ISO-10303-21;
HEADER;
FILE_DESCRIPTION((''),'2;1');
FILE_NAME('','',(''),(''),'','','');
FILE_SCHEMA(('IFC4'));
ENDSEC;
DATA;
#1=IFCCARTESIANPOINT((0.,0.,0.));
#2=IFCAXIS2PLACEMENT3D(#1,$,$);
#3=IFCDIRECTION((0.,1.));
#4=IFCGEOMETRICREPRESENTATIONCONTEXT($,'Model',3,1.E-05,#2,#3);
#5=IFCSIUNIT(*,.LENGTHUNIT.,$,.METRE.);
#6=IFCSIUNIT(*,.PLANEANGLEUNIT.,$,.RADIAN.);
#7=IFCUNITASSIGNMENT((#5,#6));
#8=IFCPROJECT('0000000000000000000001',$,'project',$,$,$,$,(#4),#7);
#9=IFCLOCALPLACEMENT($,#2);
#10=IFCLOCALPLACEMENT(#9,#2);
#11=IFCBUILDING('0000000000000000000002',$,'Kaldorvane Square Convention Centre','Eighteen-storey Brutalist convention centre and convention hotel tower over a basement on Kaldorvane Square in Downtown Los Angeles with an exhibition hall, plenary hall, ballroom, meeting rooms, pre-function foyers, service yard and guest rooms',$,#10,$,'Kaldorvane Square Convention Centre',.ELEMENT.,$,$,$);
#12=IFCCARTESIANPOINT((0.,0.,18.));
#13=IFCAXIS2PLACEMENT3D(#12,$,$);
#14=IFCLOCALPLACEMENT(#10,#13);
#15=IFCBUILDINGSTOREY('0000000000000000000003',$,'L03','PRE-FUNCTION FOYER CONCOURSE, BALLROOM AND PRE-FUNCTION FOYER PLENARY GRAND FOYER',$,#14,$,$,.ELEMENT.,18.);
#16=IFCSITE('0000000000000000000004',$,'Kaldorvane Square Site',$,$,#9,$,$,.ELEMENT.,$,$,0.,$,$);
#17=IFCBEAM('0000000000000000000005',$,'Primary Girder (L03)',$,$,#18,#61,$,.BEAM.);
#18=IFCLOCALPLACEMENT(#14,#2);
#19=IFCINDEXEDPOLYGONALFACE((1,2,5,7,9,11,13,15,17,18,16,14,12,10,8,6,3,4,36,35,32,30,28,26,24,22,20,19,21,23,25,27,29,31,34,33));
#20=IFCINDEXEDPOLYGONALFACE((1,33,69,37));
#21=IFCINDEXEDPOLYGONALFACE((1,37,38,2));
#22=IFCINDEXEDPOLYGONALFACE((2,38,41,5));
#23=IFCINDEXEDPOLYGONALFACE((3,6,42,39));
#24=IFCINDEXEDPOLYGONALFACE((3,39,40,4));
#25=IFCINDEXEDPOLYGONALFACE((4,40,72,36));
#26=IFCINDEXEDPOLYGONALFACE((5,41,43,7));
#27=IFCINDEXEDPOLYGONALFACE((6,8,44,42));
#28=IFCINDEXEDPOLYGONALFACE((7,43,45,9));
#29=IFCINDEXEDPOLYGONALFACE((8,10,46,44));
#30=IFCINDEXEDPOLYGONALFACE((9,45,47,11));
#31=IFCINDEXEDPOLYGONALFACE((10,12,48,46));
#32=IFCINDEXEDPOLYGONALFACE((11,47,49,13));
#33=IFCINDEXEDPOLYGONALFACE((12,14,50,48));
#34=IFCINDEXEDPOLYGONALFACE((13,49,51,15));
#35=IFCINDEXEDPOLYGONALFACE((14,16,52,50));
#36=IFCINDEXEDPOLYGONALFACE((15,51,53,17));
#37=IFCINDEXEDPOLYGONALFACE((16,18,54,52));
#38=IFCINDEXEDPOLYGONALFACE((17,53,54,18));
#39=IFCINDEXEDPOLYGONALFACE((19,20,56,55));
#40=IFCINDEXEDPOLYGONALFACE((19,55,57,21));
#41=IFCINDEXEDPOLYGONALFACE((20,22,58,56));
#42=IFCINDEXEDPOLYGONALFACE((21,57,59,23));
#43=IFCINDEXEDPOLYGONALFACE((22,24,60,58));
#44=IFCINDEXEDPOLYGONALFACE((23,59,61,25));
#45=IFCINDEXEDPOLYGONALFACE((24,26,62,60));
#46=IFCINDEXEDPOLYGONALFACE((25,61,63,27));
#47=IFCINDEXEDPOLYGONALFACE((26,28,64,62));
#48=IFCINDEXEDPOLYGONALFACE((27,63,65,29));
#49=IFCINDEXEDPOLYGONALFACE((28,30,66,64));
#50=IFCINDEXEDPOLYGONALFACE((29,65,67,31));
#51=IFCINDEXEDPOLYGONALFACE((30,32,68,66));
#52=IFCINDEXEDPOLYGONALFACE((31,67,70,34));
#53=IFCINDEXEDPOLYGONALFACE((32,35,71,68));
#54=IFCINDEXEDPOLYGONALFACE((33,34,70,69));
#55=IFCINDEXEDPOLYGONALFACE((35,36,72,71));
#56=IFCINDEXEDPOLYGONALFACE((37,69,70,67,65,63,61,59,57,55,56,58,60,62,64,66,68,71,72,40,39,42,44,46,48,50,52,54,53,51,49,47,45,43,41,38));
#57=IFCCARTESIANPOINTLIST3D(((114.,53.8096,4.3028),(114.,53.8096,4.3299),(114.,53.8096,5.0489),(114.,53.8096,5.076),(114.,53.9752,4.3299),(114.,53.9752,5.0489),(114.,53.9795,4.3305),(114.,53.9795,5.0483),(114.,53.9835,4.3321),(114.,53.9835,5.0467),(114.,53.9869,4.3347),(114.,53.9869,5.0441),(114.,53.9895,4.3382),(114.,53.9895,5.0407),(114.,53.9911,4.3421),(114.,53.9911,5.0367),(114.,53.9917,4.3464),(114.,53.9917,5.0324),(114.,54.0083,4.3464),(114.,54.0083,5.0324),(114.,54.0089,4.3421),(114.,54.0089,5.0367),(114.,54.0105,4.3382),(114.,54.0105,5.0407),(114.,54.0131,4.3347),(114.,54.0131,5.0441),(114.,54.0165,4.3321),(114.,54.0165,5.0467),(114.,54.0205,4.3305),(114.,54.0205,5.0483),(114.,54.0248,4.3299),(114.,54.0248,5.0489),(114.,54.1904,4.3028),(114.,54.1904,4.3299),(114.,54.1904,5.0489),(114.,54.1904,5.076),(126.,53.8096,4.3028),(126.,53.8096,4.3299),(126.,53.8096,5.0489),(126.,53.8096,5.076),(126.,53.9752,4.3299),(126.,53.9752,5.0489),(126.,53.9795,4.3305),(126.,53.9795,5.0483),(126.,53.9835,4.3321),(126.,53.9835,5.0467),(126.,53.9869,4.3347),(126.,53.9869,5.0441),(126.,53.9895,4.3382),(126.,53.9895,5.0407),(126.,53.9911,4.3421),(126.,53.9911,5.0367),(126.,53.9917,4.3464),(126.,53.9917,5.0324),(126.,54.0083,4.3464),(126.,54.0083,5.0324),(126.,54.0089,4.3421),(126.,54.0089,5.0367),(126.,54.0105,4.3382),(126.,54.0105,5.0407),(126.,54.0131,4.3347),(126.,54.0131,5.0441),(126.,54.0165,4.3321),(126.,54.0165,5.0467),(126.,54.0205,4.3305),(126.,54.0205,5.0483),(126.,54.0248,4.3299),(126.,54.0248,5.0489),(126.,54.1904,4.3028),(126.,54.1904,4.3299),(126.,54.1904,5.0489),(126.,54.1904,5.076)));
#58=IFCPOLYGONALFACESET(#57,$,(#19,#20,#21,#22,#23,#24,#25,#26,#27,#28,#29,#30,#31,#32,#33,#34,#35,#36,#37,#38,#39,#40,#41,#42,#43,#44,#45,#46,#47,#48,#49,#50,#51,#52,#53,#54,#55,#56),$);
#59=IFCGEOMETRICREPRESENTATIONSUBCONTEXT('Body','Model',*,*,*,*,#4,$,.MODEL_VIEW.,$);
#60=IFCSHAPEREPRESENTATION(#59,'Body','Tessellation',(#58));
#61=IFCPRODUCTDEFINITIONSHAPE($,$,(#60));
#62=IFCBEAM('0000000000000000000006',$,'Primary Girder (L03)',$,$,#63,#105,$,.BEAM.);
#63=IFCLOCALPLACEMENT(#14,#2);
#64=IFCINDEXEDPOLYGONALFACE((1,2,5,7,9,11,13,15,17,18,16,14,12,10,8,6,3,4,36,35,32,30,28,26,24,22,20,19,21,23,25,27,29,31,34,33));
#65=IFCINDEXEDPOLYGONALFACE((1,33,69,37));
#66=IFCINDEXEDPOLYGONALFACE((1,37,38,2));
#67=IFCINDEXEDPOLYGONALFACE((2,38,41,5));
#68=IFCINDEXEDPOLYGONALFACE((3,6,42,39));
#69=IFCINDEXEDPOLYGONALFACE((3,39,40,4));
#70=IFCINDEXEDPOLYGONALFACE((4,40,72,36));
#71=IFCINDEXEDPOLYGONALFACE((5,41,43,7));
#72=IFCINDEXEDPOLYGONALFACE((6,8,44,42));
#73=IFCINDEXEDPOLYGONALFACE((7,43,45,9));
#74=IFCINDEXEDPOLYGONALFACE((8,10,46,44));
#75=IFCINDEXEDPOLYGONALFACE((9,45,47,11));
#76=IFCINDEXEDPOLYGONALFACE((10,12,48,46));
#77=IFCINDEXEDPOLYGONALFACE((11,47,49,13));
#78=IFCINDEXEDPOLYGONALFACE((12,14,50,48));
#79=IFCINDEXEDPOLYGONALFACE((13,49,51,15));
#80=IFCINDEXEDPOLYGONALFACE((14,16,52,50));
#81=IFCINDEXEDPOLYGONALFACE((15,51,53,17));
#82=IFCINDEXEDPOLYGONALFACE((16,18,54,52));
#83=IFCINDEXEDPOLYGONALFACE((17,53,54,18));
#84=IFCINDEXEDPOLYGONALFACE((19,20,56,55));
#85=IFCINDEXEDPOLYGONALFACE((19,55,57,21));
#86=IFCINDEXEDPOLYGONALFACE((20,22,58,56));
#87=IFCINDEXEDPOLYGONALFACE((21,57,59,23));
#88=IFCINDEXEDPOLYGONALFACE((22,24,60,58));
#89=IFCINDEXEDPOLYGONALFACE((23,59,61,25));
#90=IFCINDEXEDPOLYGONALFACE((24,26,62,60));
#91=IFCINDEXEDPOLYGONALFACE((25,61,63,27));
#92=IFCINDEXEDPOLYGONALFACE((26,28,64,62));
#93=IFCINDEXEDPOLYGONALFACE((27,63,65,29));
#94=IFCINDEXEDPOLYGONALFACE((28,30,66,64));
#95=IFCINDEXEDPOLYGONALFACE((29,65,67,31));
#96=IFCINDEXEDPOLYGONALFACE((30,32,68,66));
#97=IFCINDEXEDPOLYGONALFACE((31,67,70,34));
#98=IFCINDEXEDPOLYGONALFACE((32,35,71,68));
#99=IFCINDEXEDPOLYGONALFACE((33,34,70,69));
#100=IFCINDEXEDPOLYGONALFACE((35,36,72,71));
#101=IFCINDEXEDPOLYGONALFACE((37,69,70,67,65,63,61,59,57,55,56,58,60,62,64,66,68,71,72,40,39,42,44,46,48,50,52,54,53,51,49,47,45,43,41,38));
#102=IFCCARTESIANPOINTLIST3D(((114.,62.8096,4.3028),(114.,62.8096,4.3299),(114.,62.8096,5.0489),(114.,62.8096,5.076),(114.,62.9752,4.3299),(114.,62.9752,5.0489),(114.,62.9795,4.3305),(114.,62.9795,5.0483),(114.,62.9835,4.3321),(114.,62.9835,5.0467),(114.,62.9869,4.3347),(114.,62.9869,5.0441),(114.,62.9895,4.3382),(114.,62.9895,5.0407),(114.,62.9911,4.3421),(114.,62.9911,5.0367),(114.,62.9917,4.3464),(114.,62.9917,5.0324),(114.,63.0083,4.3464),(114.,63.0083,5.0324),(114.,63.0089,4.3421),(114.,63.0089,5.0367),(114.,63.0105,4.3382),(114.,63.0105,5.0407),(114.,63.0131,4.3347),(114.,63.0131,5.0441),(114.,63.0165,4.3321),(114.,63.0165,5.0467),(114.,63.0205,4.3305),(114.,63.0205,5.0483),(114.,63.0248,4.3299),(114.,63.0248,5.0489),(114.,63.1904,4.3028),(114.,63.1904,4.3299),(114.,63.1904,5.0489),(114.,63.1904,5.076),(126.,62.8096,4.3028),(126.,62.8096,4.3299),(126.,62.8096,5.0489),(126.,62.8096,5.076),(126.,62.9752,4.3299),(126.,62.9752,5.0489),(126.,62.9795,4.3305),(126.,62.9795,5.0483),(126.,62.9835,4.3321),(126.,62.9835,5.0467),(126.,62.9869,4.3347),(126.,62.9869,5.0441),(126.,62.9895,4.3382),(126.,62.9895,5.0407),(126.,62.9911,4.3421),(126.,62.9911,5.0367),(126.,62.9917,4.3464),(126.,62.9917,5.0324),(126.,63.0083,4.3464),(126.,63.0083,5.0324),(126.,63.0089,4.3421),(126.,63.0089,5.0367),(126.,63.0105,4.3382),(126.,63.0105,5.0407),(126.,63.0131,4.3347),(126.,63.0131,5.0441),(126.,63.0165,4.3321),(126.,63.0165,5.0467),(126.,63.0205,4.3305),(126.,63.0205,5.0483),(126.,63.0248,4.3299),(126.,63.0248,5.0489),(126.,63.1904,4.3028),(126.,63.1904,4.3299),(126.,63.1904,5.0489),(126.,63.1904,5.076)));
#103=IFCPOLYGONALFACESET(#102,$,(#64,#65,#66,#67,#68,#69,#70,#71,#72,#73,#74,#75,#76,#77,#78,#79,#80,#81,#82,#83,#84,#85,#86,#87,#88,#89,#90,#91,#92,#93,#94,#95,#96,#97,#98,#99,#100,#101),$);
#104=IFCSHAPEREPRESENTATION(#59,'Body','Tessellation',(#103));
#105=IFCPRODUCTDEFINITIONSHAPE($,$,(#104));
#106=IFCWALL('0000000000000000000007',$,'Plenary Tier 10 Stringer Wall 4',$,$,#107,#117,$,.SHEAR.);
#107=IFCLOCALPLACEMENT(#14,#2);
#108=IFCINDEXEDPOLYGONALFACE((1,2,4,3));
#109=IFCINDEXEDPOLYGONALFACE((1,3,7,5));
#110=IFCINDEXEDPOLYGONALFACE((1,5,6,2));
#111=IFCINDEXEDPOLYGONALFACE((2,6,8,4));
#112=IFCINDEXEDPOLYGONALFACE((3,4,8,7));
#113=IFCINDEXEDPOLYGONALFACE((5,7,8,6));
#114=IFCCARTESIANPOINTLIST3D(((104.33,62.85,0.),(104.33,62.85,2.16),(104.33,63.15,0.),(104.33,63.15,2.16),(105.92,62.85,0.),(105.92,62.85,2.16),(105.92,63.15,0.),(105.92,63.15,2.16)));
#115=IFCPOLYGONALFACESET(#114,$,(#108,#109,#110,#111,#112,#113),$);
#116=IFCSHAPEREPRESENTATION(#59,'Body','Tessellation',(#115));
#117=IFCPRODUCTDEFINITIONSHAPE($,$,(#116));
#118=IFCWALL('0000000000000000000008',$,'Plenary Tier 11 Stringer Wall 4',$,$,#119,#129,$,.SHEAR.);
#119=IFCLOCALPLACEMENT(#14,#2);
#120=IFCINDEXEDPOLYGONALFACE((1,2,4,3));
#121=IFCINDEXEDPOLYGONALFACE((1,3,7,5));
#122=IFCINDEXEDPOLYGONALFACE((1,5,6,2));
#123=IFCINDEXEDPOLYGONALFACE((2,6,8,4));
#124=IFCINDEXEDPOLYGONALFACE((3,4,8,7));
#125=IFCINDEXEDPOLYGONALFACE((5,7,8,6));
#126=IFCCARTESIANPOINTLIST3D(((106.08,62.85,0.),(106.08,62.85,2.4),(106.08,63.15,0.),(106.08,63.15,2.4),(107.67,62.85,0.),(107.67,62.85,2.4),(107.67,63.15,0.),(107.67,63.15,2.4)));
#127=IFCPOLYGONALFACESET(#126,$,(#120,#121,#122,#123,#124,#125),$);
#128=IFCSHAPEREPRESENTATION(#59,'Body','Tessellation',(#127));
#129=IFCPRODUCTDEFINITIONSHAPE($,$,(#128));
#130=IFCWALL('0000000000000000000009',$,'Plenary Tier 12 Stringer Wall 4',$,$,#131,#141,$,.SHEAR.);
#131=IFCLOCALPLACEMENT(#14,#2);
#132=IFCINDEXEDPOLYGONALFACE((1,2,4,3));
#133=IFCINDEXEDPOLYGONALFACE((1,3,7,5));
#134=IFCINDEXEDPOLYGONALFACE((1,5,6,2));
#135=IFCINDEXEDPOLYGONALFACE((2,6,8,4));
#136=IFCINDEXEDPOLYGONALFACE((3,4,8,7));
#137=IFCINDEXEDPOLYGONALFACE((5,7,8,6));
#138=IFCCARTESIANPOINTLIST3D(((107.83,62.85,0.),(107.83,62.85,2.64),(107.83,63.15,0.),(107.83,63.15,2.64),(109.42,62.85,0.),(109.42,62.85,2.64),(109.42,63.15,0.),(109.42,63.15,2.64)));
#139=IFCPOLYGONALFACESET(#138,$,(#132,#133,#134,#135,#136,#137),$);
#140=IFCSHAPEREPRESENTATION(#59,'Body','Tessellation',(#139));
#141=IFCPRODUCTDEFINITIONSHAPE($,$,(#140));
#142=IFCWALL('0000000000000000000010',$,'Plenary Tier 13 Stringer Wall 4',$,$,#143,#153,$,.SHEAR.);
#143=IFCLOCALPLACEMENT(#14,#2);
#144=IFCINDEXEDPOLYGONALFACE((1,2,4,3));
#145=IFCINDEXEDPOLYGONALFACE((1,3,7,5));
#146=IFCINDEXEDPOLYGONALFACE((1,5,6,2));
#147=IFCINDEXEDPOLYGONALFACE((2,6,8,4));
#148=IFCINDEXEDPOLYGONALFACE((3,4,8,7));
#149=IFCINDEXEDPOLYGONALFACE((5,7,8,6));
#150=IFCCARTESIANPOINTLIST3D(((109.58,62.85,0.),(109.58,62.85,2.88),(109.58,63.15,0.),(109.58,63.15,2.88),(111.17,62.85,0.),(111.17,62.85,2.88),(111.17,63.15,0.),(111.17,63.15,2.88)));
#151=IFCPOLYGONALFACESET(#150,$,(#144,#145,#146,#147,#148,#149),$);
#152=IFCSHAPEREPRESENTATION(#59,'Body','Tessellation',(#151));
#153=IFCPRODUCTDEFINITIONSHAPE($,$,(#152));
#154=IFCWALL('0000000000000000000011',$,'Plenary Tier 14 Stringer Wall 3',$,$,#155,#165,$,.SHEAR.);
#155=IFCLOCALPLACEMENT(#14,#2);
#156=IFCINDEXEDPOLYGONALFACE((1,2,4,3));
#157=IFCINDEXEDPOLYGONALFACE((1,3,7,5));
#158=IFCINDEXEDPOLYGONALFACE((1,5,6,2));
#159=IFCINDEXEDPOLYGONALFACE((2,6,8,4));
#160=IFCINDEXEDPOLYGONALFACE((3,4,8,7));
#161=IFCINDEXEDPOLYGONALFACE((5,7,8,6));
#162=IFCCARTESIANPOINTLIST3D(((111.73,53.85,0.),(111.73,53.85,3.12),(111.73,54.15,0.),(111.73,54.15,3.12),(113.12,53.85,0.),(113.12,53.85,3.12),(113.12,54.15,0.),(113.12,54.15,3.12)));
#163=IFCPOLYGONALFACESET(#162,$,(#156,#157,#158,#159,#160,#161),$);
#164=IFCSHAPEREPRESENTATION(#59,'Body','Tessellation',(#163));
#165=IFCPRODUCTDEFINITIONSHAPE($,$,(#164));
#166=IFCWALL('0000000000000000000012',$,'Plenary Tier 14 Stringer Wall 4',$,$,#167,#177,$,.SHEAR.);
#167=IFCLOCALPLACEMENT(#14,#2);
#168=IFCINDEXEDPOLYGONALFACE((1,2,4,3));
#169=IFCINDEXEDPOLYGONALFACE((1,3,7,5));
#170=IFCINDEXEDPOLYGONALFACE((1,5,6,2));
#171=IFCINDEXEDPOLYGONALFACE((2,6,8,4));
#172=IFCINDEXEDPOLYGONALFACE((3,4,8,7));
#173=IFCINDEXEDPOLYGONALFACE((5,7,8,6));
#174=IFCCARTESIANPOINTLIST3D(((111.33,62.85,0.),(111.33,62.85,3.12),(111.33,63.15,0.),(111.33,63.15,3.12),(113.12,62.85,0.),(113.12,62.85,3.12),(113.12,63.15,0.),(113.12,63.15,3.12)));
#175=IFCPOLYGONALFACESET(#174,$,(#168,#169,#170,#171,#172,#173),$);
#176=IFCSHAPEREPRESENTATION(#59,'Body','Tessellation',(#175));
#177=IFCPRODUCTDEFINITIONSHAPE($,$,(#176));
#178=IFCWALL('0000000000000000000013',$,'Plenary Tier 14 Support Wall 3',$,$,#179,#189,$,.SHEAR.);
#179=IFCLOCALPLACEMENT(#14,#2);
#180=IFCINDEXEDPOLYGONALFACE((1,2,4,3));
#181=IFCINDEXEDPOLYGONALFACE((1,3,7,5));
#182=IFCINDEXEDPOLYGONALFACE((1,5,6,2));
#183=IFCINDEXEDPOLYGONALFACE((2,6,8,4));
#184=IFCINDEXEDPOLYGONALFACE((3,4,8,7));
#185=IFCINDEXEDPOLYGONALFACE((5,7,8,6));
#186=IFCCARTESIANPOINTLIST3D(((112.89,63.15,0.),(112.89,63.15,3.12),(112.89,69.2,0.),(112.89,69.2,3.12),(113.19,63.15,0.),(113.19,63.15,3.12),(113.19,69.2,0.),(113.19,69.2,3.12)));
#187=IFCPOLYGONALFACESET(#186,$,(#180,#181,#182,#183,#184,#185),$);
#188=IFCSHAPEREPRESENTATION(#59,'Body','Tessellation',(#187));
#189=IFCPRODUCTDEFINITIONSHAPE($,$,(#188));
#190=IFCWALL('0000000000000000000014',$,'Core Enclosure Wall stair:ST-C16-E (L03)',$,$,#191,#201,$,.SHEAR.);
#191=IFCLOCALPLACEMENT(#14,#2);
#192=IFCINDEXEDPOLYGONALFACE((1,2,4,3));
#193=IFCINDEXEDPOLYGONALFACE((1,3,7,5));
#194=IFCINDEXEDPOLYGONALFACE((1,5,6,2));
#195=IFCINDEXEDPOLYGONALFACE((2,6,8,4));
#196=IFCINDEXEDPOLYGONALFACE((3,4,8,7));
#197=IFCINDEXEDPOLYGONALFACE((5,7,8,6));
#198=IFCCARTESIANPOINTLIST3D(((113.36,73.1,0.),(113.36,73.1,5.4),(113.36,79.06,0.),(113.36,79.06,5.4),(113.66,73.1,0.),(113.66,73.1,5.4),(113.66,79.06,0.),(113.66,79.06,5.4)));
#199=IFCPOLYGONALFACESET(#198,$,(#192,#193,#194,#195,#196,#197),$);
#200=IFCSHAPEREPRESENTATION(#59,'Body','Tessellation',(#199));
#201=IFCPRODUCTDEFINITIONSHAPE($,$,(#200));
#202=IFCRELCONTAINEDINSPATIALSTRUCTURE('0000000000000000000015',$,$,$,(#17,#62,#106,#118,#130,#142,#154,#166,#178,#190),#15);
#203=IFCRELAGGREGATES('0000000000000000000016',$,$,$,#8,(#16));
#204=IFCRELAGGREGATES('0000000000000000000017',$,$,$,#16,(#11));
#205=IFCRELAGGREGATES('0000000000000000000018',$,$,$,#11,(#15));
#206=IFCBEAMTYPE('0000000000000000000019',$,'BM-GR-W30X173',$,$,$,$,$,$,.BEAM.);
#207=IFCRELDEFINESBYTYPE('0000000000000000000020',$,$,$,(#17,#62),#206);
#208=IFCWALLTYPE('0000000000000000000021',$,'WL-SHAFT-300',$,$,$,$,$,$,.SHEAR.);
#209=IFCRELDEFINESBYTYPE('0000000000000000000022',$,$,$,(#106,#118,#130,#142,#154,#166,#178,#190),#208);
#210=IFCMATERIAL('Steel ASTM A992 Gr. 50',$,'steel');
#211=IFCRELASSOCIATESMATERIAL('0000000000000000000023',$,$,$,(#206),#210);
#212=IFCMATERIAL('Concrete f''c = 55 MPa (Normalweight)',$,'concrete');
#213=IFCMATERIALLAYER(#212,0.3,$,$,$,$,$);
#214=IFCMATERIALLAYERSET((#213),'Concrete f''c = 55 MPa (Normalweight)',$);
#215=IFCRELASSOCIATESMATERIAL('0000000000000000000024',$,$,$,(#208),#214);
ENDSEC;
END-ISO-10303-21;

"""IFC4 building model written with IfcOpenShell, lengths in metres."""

from ifc_helpers import new_model, si_unit, direction, frame, frame_2d, origin, origin_2d, place, context, subcontext, project, spatial, rectangle, i_section, extrude, material, layer, layer_set, material_profile, profile_set, type_object, element, save


model = new_model("IFC4")

# Units and contexts
model_context = context("Model", 3, precision=1e-05, world=origin(), true_north=direction((0.0, 1.0)))
body_context = subcontext(model_context, "Body", "Model", "MODEL_VIEW")
ifc_project = project(units=[si_unit("LENGTHUNIT", "METRE"), si_unit("PLANEANGLEUNIT", "RADIAN")], contexts=[model_context])

# Site, building, storey
site_placement = place(None, origin())
site = spatial("IfcSite", under=ifc_project, at=site_placement, Name="Kaldorvane Square Site", CompositionType="ELEMENT", RefElevation=0.0)
building_placement = place(site_placement, origin())
building = spatial("IfcBuilding", under=site, at=building_placement, Name="Kaldorvane Square Convention Centre", Description="Eighteen-storey Brutalist convention centre and convention hotel tower over a basement on Kaldorvane Square in Downtown Los Angeles with an exhibition hall, plenary hall, ballroom, meeting rooms, pre-function foyers, service yard and guest rooms", LongName="Kaldorvane Square Convention Centre", CompositionType="ELEMENT")
storey_placement = place(building_placement, frame((0.0, 0.0, 18.0)))
storey = spatial("IfcBuildingStorey", under=building, at=storey_placement, Name="L03", Description="PRE-FUNCTION FOYER CONCOURSE, BALLROOM AND PRE-FUNCTION FOYER PLENARY GRAND FOYER", CompositionType="ELEMENT", Elevation=18.0)

# Shared definitions
ifc_material_1 = material(Name="Steel ASTM A992 Gr. 50", Category="steel")

# Beams
ifc_material_profile_1 = material_profile(ifc_material_1, i_section(OverallWidth=0.3807, OverallDepth=0.7732, WebThickness=0.0166, FlangeThickness=0.0271, FilletRadius=0.0165, at=origin_2d()), Name="W30X173")
ifc_profile_set_1 = profile_set([ifc_material_profile_1], Name="Steel ASTM A992 Gr. 50")
beam_type_1 = type_object("IfcBeamType", Name="BM-GR-W30X173", PredefinedType="BEAM", material=ifc_profile_set_1)
for number, where, z_axis, x_axis, name in (
    (1, (114.0, 54.0, 4.6894), (1.0, 0.0, 0.0), (0.0, 1.0, 0.0), "Primary Girder (L03)"),
    (2, (114.0, 63.0, 4.6894), (1.0, 0.0, 0.0), (0.0, 1.0, 0.0), "Primary Girder (L03)"),
):
    element("IfcBeam", number, at=place(storey_placement, frame(where, z_axis=z_axis, x_axis=x_axis)), inside=storey, type_object=beam_type_1, Name=name, PredefinedType="BEAM", context=body_context, shape_type="SweptSolid", body=[
        extrude(i_section(OverallWidth=0.3807, OverallDepth=0.7732, WebThickness=0.0166, FlangeThickness=0.0271, FilletRadius=0.0165, at=origin_2d()), origin(), (0.0, 0.0, 1.0), 12.0),
    ])

# Walls
ifc_material_2 = material(Name="Concrete f'c = 55 MPa (Normalweight)", Category="concrete")
ifc_layer = layer(ifc_material_2, 0.3)
ifc_layer_set = layer_set([ifc_layer], Name="Concrete f'c = 55 MPa (Normalweight)")
wall_type = type_object("IfcWallType", Name="WL-SHAFT-300", PredefinedType="SHEAR", material=ifc_layer_set)
wall_1_placement = place(storey_placement, frame((104.33, 63.0, 0.0), z_axis=(0.0, 0.0, 1.0), x_axis=(1.0, 0.0, 0.0)))
element("IfcWall", 3, at=wall_1_placement, inside=storey, type_object=wall_type, Name="Plenary Tier 10 Stringer Wall 4", PredefinedType="SHEAR", context=body_context, shape_type="SweptSolid", body=[
    extrude(rectangle(XDim=1.59, YDim=0.3, at=frame_2d((0.795, 0.0))), origin(), (0.0, 0.0, 1.0), 2.16),
])
wall_2_placement = place(storey_placement, frame((106.08, 63.0, 0.0), z_axis=(0.0, 0.0, 1.0), x_axis=(1.0, 0.0, 0.0)))
element("IfcWall", 4, at=wall_2_placement, inside=storey, type_object=wall_type, Name="Plenary Tier 11 Stringer Wall 4", PredefinedType="SHEAR", context=body_context, shape_type="SweptSolid", body=[
    extrude(rectangle(XDim=1.59, YDim=0.3, at=frame_2d((0.795, 0.0))), origin(), (0.0, 0.0, 1.0), 2.4),
])
wall_3_placement = place(storey_placement, frame((107.83, 63.0, 0.0), z_axis=(0.0, 0.0, 1.0), x_axis=(1.0, 0.0, 0.0)))
element("IfcWall", 5, at=wall_3_placement, inside=storey, type_object=wall_type, Name="Plenary Tier 12 Stringer Wall 4", PredefinedType="SHEAR", context=body_context, shape_type="SweptSolid", body=[
    extrude(rectangle(XDim=1.59, YDim=0.3, at=frame_2d((0.795, 0.0))), origin(), (0.0, 0.0, 1.0), 2.64),
])
wall_4_placement = place(storey_placement, frame((109.58, 63.0, 0.0), z_axis=(0.0, 0.0, 1.0), x_axis=(1.0, 0.0, 0.0)))
element("IfcWall", 6, at=wall_4_placement, inside=storey, type_object=wall_type, Name="Plenary Tier 13 Stringer Wall 4", PredefinedType="SHEAR", context=body_context, shape_type="SweptSolid", body=[
    extrude(rectangle(XDim=1.59, YDim=0.3, at=frame_2d((0.795, 0.0))), origin(), (0.0, 0.0, 1.0), 2.88),
])
wall_5_placement = place(storey_placement, frame((111.73, 54.0, 0.0), z_axis=(0.0, 0.0, 1.0), x_axis=(1.0, 0.0, 0.0)))
element("IfcWall", 7, at=wall_5_placement, inside=storey, type_object=wall_type, Name="Plenary Tier 14 Stringer Wall 3", PredefinedType="SHEAR", context=body_context, shape_type="SweptSolid", body=[
    extrude(rectangle(XDim=1.39, YDim=0.3, at=frame_2d((0.695, 0.0))), origin(), (0.0, 0.0, 1.0), 3.12),
])
wall_6_placement = place(storey_placement, frame((111.33, 63.0, 0.0), z_axis=(0.0, 0.0, 1.0), x_axis=(1.0, 0.0, 0.0)))
element("IfcWall", 8, at=wall_6_placement, inside=storey, type_object=wall_type, Name="Plenary Tier 14 Stringer Wall 4", PredefinedType="SHEAR", context=body_context, shape_type="SweptSolid", body=[
    extrude(rectangle(XDim=1.79, YDim=0.3, at=frame_2d((0.895, 0.0))), origin(), (0.0, 0.0, 1.0), 3.12),
])
wall_7_placement = place(storey_placement, frame((113.04, 63.15, 0.0), z_axis=(0.0, 0.0, 1.0), x_axis=(0.0, 1.0, 0.0)))
element("IfcWall", 9, at=wall_7_placement, inside=storey, type_object=wall_type, Name="Plenary Tier 14 Support Wall 3", PredefinedType="SHEAR", context=body_context, shape_type="SweptSolid", body=[
    extrude(rectangle(XDim=6.05, YDim=0.3, at=frame_2d((3.025, 0.0))), origin(), (0.0, 0.0, 1.0), 3.12),
])
wall_8_placement = place(storey_placement, frame((113.51, 73.1, 0.0), z_axis=(0.0, 0.0, 1.0), x_axis=(0.0, 1.0, 0.0)))
element("IfcWall", 10, at=wall_8_placement, inside=storey, type_object=wall_type, Name="Core Enclosure Wall stair:ST-C16-E (L03)", PredefinedType="SHEAR", context=body_context, shape_type="SweptSolid", body=[
    extrude(rectangle(XDim=5.96, YDim=0.3, at=frame_2d((2.98, 0.0))), origin(), (0.0, 0.0, 1.0), 5.4),
])

save(model, "model.ifc")
